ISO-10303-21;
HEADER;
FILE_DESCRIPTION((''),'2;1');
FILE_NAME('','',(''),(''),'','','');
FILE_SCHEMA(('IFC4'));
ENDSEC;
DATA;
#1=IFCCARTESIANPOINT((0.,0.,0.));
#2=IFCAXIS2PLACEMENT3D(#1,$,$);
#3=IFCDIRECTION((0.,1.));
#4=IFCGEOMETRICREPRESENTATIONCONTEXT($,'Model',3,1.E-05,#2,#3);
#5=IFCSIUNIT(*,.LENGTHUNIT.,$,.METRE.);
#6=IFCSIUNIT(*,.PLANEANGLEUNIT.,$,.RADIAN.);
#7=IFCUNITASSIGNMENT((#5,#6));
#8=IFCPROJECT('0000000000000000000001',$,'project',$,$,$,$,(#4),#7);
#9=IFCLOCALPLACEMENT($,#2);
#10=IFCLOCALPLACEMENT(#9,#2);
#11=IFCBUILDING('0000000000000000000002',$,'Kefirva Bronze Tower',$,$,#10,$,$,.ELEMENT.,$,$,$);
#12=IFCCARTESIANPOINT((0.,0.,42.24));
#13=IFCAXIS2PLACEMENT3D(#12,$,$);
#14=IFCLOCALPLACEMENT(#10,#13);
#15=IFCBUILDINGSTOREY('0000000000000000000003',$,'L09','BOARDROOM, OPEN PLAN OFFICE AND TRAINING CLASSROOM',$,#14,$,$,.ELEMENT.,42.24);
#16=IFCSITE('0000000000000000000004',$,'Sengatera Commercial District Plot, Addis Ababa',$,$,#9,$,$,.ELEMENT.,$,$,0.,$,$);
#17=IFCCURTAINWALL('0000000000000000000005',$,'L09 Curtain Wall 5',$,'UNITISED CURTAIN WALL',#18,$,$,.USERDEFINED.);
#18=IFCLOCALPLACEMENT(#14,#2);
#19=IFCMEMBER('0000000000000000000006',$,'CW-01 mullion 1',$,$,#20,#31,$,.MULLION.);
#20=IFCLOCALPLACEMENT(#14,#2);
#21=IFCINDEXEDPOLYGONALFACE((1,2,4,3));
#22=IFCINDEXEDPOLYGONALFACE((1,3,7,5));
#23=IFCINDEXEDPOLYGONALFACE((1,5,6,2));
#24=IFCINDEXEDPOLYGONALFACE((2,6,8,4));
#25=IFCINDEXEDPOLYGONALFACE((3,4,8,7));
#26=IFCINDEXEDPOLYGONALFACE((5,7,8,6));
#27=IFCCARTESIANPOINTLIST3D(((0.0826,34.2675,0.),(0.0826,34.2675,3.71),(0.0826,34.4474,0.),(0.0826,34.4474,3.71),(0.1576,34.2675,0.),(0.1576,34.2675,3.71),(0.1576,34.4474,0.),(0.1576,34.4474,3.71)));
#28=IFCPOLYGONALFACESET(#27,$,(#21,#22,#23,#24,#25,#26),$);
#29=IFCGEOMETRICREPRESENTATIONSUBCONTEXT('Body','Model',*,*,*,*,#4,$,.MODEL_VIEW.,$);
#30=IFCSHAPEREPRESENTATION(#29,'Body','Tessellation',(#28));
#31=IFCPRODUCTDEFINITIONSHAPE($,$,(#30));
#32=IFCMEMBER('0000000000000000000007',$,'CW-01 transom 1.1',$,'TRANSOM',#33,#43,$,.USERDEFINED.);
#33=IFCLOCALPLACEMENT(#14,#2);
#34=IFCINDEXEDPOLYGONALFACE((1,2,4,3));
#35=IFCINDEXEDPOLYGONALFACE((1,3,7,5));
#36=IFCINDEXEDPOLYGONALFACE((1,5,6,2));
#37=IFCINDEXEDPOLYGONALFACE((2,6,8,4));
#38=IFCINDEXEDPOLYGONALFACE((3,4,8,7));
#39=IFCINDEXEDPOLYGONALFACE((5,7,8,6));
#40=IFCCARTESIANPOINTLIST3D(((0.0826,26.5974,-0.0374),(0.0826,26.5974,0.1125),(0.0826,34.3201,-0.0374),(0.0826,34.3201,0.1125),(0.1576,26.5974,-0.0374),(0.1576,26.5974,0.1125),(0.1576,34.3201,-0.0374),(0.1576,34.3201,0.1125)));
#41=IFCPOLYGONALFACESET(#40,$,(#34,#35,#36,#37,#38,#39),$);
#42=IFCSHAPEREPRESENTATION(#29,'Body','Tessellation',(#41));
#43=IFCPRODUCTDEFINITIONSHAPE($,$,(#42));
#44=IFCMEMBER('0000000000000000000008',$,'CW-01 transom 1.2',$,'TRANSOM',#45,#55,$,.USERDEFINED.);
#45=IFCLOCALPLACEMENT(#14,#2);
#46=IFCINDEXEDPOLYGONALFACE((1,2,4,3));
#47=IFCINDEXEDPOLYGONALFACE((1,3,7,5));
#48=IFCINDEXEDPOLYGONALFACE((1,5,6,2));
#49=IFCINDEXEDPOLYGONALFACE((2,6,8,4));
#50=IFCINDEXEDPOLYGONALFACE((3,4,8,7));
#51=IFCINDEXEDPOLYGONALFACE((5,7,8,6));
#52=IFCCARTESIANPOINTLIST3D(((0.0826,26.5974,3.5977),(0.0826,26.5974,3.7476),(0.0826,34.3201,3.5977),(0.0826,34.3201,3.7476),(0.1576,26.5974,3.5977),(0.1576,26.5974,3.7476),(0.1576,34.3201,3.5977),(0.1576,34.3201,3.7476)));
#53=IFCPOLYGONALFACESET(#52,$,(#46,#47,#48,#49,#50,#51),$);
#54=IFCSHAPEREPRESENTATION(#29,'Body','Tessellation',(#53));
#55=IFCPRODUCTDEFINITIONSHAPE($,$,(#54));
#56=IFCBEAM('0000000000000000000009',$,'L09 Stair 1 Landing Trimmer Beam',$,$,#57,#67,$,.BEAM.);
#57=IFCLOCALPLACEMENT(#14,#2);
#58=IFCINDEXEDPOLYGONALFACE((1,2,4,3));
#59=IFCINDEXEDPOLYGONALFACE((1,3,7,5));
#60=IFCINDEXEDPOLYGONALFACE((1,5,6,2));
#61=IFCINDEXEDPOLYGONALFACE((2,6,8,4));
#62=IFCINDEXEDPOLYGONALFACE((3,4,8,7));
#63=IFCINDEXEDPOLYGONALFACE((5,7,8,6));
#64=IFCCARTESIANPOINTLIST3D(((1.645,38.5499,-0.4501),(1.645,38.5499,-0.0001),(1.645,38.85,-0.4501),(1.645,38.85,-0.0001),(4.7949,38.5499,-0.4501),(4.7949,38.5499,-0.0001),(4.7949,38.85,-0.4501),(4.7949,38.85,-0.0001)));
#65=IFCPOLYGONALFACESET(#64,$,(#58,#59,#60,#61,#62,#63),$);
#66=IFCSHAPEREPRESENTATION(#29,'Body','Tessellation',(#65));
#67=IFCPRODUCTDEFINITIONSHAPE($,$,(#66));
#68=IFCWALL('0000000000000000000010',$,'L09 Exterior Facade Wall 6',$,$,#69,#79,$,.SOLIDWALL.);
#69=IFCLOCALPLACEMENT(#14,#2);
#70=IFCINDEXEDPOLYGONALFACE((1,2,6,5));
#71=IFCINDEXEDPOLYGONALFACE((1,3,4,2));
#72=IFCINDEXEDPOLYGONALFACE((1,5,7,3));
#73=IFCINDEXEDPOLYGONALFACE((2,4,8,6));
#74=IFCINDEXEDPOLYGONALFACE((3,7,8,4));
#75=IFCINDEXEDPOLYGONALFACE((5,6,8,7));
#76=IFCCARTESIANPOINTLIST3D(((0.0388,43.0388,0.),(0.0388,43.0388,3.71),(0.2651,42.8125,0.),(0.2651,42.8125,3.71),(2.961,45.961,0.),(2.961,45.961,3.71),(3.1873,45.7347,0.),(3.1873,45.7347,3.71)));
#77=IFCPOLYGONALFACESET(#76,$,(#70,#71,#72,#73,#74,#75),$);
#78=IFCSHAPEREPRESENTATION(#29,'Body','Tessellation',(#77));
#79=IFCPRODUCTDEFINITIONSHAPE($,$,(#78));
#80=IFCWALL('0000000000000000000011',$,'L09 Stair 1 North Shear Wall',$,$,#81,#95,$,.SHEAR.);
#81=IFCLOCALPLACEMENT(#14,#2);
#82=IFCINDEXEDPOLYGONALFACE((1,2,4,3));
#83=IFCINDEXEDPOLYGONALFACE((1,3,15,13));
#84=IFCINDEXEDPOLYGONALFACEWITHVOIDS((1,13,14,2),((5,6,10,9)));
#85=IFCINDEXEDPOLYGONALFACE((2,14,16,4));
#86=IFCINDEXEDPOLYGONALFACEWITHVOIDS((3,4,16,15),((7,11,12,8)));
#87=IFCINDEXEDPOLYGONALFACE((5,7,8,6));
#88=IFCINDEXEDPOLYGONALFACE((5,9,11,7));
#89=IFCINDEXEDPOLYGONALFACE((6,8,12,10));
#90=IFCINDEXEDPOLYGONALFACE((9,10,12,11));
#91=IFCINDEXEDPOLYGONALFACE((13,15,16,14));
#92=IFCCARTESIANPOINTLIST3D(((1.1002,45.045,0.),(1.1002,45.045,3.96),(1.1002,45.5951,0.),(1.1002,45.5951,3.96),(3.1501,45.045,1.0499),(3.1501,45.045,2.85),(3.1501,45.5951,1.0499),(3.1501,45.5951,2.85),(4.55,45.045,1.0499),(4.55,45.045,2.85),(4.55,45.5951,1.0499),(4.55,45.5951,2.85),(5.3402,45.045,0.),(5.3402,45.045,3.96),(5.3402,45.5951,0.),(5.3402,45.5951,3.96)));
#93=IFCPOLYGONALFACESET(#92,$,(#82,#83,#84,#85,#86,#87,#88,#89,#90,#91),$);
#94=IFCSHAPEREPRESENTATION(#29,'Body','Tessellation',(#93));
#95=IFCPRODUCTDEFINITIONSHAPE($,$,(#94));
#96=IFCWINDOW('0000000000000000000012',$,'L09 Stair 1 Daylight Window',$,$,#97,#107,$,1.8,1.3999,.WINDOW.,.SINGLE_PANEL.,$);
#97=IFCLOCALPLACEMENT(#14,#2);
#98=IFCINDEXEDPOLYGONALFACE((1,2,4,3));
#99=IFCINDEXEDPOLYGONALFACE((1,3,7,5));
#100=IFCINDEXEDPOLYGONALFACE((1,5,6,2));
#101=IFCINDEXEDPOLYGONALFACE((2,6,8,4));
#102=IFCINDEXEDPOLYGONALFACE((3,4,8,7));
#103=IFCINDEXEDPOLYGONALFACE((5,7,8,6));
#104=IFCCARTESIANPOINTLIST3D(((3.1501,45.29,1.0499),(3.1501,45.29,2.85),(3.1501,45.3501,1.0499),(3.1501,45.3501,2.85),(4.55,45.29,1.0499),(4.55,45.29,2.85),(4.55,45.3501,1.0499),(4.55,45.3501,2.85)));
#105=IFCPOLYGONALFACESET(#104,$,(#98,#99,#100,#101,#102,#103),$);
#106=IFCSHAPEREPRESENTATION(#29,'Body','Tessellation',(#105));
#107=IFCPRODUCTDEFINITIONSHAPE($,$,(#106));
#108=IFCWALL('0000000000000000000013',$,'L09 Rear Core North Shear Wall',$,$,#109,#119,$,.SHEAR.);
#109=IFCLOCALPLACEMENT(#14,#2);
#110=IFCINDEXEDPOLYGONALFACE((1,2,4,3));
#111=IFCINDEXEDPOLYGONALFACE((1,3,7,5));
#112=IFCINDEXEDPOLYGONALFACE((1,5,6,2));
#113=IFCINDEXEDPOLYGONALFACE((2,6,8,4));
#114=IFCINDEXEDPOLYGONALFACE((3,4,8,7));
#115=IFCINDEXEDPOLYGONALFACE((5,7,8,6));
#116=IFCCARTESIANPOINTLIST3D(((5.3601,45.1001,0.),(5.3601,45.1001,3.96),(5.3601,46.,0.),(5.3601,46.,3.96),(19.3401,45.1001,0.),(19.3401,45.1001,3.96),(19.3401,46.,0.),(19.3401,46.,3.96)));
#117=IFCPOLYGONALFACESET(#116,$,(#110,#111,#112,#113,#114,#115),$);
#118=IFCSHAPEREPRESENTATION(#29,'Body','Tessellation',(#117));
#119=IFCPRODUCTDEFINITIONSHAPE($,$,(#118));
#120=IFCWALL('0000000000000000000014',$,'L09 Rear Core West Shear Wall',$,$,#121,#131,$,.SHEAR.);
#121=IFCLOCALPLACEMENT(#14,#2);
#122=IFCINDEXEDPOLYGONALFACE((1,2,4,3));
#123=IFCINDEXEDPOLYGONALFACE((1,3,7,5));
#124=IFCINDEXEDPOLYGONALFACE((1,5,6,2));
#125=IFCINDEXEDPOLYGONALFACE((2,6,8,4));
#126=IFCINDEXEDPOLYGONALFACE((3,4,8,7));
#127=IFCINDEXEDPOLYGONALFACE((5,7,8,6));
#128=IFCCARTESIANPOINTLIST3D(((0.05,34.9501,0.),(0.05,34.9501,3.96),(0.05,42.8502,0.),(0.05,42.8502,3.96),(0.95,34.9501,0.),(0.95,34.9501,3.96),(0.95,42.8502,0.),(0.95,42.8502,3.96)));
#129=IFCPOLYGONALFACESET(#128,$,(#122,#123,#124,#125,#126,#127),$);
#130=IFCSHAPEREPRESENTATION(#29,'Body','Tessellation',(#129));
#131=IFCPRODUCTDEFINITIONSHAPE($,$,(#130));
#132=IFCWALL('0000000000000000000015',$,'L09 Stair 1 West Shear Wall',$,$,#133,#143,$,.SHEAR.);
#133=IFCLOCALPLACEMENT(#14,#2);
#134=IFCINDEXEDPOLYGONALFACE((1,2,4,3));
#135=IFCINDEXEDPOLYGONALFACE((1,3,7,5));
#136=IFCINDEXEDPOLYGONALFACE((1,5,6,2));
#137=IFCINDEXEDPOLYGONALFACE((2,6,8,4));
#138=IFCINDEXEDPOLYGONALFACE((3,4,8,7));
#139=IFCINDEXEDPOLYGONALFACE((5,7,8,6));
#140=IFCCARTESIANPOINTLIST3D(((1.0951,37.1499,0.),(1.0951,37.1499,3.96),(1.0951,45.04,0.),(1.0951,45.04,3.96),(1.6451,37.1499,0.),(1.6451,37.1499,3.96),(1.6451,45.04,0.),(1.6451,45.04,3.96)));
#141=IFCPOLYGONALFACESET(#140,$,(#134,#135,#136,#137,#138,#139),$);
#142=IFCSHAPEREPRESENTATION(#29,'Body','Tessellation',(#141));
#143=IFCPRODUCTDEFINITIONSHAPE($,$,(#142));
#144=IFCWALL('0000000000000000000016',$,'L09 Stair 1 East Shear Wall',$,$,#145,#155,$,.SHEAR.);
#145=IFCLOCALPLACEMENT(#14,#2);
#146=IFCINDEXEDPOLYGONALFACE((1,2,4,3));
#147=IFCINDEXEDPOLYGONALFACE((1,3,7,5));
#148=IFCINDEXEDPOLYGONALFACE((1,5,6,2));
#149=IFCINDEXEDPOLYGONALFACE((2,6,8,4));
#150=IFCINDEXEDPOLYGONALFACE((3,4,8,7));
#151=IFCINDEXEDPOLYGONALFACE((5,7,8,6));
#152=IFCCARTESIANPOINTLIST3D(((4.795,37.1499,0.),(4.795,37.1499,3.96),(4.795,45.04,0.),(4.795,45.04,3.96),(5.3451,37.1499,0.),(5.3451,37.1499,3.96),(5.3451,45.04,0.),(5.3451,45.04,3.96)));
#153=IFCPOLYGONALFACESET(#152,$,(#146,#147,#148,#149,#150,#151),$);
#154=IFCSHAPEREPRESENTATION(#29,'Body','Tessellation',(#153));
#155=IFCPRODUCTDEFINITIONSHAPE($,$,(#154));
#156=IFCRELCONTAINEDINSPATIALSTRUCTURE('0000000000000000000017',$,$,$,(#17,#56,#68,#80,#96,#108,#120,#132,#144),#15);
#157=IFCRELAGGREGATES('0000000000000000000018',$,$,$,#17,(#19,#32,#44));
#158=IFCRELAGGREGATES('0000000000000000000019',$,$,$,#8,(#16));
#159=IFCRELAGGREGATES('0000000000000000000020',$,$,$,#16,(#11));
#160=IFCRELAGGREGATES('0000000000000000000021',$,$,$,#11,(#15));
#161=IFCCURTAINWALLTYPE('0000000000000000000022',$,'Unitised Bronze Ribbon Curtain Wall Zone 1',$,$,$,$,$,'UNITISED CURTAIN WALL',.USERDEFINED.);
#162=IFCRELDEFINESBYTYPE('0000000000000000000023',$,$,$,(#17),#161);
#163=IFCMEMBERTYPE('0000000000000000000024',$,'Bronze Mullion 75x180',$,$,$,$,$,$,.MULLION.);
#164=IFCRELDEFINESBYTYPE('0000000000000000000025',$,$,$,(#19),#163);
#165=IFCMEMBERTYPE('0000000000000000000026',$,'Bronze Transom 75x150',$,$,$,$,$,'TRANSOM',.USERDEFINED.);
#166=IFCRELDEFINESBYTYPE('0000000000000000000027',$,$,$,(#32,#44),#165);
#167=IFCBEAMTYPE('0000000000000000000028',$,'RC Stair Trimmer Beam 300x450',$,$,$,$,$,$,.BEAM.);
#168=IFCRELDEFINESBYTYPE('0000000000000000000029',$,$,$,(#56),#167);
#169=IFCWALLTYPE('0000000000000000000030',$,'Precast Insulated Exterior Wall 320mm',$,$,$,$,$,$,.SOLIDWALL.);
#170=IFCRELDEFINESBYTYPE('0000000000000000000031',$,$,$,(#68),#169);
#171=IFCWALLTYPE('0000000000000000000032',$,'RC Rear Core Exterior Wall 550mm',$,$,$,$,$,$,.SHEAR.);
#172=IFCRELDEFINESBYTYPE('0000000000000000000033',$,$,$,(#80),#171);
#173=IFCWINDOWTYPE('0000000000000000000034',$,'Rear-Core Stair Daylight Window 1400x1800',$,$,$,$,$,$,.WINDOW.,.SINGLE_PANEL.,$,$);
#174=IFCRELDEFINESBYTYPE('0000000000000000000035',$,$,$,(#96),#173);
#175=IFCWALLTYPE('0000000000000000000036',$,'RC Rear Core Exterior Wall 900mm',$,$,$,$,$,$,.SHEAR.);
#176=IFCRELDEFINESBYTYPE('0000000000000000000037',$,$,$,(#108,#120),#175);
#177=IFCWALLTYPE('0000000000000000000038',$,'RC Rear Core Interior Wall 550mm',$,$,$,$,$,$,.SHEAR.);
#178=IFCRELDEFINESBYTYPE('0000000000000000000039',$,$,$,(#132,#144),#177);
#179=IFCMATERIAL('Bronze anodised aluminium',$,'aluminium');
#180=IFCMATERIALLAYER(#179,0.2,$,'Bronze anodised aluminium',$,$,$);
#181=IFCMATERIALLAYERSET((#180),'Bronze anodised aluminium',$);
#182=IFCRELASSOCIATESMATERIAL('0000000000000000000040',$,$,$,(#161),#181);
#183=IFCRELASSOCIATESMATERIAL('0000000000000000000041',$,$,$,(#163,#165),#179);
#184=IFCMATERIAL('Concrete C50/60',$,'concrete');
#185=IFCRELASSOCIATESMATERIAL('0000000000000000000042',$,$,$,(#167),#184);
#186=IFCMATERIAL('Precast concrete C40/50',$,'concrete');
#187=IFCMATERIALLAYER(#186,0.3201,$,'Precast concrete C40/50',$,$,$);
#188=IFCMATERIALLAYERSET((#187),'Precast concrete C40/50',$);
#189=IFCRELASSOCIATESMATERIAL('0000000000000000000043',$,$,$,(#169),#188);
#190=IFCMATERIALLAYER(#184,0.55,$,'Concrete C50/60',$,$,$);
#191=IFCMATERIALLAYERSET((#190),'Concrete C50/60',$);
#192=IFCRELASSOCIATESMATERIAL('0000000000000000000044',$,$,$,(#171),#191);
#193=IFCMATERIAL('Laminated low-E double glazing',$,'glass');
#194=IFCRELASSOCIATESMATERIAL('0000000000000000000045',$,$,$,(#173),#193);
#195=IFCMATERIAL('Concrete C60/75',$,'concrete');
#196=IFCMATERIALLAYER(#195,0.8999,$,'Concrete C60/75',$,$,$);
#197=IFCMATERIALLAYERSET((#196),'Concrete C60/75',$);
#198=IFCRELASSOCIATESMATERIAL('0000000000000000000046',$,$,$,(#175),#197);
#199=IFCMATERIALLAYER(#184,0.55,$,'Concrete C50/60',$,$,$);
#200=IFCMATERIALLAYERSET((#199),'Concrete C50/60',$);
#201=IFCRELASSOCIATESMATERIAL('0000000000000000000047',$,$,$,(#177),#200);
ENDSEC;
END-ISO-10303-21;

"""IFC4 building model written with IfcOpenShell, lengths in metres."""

from ifc_helpers import new_model, si_unit, direction, frame, frame_2d, origin, origin_2d, place, context, subcontext, project, spatial, rectangle, extrude, material, layer, layer_set, material_profile, profile_set, type_object, element, fill, aggregate, save


model = new_model("IFC4")

# Units and contexts
model_context = context("Model", 3, precision=1e-05, world=origin(), true_north=direction((0.0, 1.0)))
body_context = subcontext(model_context, "Body", "Model", "MODEL_VIEW")
ifc_project = project(units=[si_unit("LENGTHUNIT", "METRE"), si_unit("PLANEANGLEUNIT", "RADIAN")], contexts=[model_context])

# Site, building, storey
site_placement = place(None, origin())
site = spatial("IfcSite", under=ifc_project, at=site_placement, Name="Sengatera Commercial District Plot, Addis Ababa", CompositionType="ELEMENT", RefElevation=0.0)
building_placement = place(site_placement, origin())
building = spatial("IfcBuilding", under=site, at=building_placement, Name="Kefirva Bronze Tower", CompositionType="ELEMENT")
storey_placement = place(building_placement, frame((0.0, 0.0, 42.24)))
storey = spatial("IfcBuildingStorey", under=building, at=storey_placement, Name="L09", Description="BOARDROOM, OPEN PLAN OFFICE AND TRAINING CLASSROOM", CompositionType="ELEMENT", Elevation=42.24)

# Curtain wall, members
ifc_material_1 = material(Name="Bronze anodised aluminium", Category="aluminium")
ifc_layer_1 = layer(ifc_material_1, 0.2, Name="Bronze anodised aluminium")
ifc_layer_set_1 = layer_set([ifc_layer_1], Name="Bronze anodised aluminium")
curtain_wall_type = type_object("IfcCurtainWallType", Name="Unitised Bronze Ribbon Curtain Wall Zone 1", ElementType="UNITISED CURTAIN WALL", PredefinedType="USERDEFINED", material=ifc_layer_set_1)
curtain_wall_placement = place(storey_placement, origin())
curtain_wall = element("IfcCurtainWall", 1, at=curtain_wall_placement, inside=storey, type_object=curtain_wall_type, Name="L09 Curtain Wall 5", ObjectType="UNITISED CURTAIN WALL", PredefinedType="USERDEFINED")
ifc_material_profile_1 = material_profile(ifc_material_1, rectangle(XDim=0.075, YDim=0.1799, at=origin_2d()), Name="ALU 75x180")
ifc_profile_set_1 = profile_set([ifc_material_profile_1], Name="Bronze anodised aluminium")
member_type_1 = type_object("IfcMemberType", Name="Bronze Mullion 75x180", PredefinedType="MULLION", material=ifc_profile_set_1)
member_1_placement = place(storey_placement, frame((0.1201, 34.3574, 0.0), z_axis=(0.0, 0.0, 1.0), x_axis=(1.0, 0.0, 0.0)))
member_1 = element("IfcMember", 2, at=member_1_placement, type_object=member_type_1, Name="CW-01 mullion 1", PredefinedType="MULLION", context=body_context, shape_type="SweptSolid", body=[
    extrude(rectangle(XDim=0.075, YDim=0.1799, at=origin_2d()), origin(), (0.0, 0.0, 1.0), 3.71),
])
ifc_material_profile_2 = material_profile(ifc_material_1, rectangle(XDim=0.075, YDim=0.1499, at=origin_2d()), Name="ALU 75x150")
ifc_profile_set_2 = profile_set([ifc_material_profile_2], Name="Bronze anodised aluminium")
member_type_2 = type_object("IfcMemberType", Name="Bronze Transom 75x150", ElementType="TRANSOM", PredefinedType="USERDEFINED", material=ifc_profile_set_2)
member_2_placement = place(storey_placement, frame((0.1201, 34.3201, 0.0376), z_axis=(0.0, -1.0, 0.0), x_axis=(1.0, 0.0, 0.0)))
member_2 = element("IfcMember", 3, at=member_2_placement, type_object=member_type_2, Name="CW-01 transom 1.1", ObjectType="TRANSOM", PredefinedType="USERDEFINED", context=body_context, shape_type="SweptSolid", body=[
    extrude(rectangle(XDim=0.075, YDim=0.1499, at=origin_2d()), origin(), (0.0, 0.0, 1.0), 7.7227),
])
member_3_placement = place(storey_placement, frame((0.1201, 34.3201, 3.6726), z_axis=(0.0, -1.0, 0.0), x_axis=(1.0, 0.0, 0.0)))
member_3 = element("IfcMember", 4, at=member_3_placement, type_object=member_type_2, Name="CW-01 transom 1.2", ObjectType="TRANSOM", PredefinedType="USERDEFINED", context=body_context, shape_type="SweptSolid", body=[
    extrude(rectangle(XDim=0.075, YDim=0.1499, at=origin_2d()), origin(), (0.0, 0.0, 1.0), 7.7227),
])
aggregate(curtain_wall, [member_1, member_2, member_3])

# Beam
ifc_material_2 = material(Name="Concrete C50/60", Category="concrete")
ifc_material_profile_3 = material_profile(ifc_material_2, rectangle(XDim=0.3, YDim=0.45, at=origin_2d()), Name="RC 300x450")
ifc_profile_set_3 = profile_set([ifc_material_profile_3], Name="Concrete C50/60")
beam_type = type_object("IfcBeamType", Name="RC Stair Trimmer Beam 300x450", PredefinedType="BEAM", material=ifc_profile_set_3)
beam_placement = place(storey_placement, frame((1.645, 38.7, -0.2251), z_axis=(1.0, 0.0, 0.0), x_axis=(0.0, 1.0, 0.0)))
element("IfcBeam", 5, at=beam_placement, inside=storey, type_object=beam_type, Name="L09 Stair 1 Landing Trimmer Beam", PredefinedType="BEAM", context=body_context, shape_type="SweptSolid", body=[
    extrude(rectangle(XDim=0.3, YDim=0.45, at=origin_2d()), origin(), (0.0, 0.0, 1.0), 3.1499),
])

# Wall
ifc_material_3 = material(Name="Precast concrete C40/50", Category="concrete")
ifc_layer_2 = layer(ifc_material_3, 0.3201, Name="Precast concrete C40/50")
ifc_layer_set_2 = layer_set([ifc_layer_2], Name="Precast concrete C40/50")
wall_type_1 = type_object("IfcWallType", Name="Precast Insulated Exterior Wall 320mm", PredefinedType="SOLIDWALL", material=ifc_layer_set_2)
wall_1_placement = place(storey_placement, frame((3.0742, 45.8479, 0.0), z_axis=(0.0, 0.0, 1.0), x_axis=(-0.707107, -0.707107, 0.0)))
element("IfcWall", 6, at=wall_1_placement, inside=storey, type_object=wall_type_1, Name="L09 Exterior Facade Wall 6", PredefinedType="SOLIDWALL", context=body_context, shape_type="SweptSolid", body=[
    extrude(rectangle(XDim=4.1326, YDim=0.3201, at=frame_2d((2.0664, 0.0))), origin(), (0.0, 0.0, 1.0), 3.71),
])

# Wall, opening, window
ifc_layer_3 = layer(ifc_material_2, 0.55, Name="Concrete C50/60")
ifc_layer_set_3 = layer_set([ifc_layer_3], Name="Concrete C50/60")
wall_type_2 = type_object("IfcWallType", Name="RC Rear Core Exterior Wall 550mm", PredefinedType="SHEAR", material=ifc_layer_set_3)
wall_2_placement = place(storey_placement, frame((1.1001, 45.3201, 0.0), z_axis=(0.0, 0.0, 1.0), x_axis=(1.0, 0.0, 0.0)))
wall_2 = element("IfcWall", 7, at=wall_2_placement, inside=storey, type_object=wall_type_2, Name="L09 Stair 1 North Shear Wall", PredefinedType="SHEAR", context=body_context, shape_type="SweptSolid", body=[
    extrude(rectangle(XDim=4.24, YDim=0.55, at=frame_2d((2.1201, 0.0))), origin(), (0.0, 0.0, 1.0), 3.96),
])
opening_1_placement = place(wall_2_placement, frame((2.05, 0.0, 1.05)))
opening_1 = element("IfcOpeningElement", 8, at=opening_1_placement, cuts=wall_2, PredefinedType="OPENING", context=body_context, shape_type="SweptSolid", body=[
    extrude(rectangle(XDim=1.3999, YDim=1.8, at=frame_2d((0.7, 0.8999))), frame((0.0, 0.2852, 0.0), z_axis=(0.0, -1.0, 0.0), x_axis=(1.0, 0.0, 0.0)), (0.0, 0.0, 1.0), 0.5701),
])
ifc_material_4 = material(Name="Laminated low-E double glazing", Category="glass")
window_type = type_object("IfcWindowType", Name="Rear-Core Stair Daylight Window 1400x1800", PartitioningType="SINGLE_PANEL", PredefinedType="WINDOW", material=ifc_material_4)
window_placement = place(opening_1_placement, origin())
window = element("IfcWindow", 9, at=window_placement, inside=storey, type_object=window_type, Name="L09 Stair 1 Daylight Window", OverallHeight=1.8, OverallWidth=1.3999, PartitioningType="SINGLE_PANEL", PredefinedType="WINDOW", context=body_context, shape_type="SweptSolid", body=[
    extrude(rectangle(XDim=1.3999, YDim=1.8, at=frame_2d((0.7, 0.8999))), frame((0.0, 0.03, 0.0), z_axis=(0.0, -1.0, 0.0), x_axis=(1.0, 0.0, 0.0)), (0.0, 0.0, 1.0), 0.0601),
])
fill(opening_1, window)

# Walls
ifc_material_5 = material(Name="Concrete C60/75", Category="concrete")
ifc_layer_4 = layer(ifc_material_5, 0.8999, Name="Concrete C60/75")
ifc_layer_set_4 = layer_set([ifc_layer_4], Name="Concrete C60/75")
wall_type_3 = type_object("IfcWallType", Name="RC Rear Core Exterior Wall 900mm", PredefinedType="SHEAR", material=ifc_layer_set_4)
wall_3_placement = place(storey_placement, frame((5.3601, 45.55, 0.0), z_axis=(0.0, 0.0, 1.0), x_axis=(1.0, 0.0, 0.0)))
element("IfcWall", 10, at=wall_3_placement, inside=storey, type_object=wall_type_3, Name="L09 Rear Core North Shear Wall", PredefinedType="SHEAR", context=body_context, shape_type="SweptSolid", body=[
    extrude(rectangle(XDim=13.98, YDim=0.8999, at=frame_2d((6.99, 0.0))), origin(), (0.0, 0.0, 1.0), 3.96),
])
wall_4_placement = place(storey_placement, frame((0.5, 34.95, 0.0), z_axis=(0.0, 0.0, 1.0), x_axis=(0.0, 1.0, 0.0)))
element("IfcWall", 11, at=wall_4_placement, inside=storey, type_object=wall_type_3, Name="L09 Rear Core West Shear Wall", PredefinedType="SHEAR", context=body_context, shape_type="SweptSolid", body=[
    extrude(rectangle(XDim=7.9001, YDim=0.8999, at=frame_2d((3.9502, 0.0))), origin(), (0.0, 0.0, 1.0), 3.96),
])
ifc_layer_5 = layer(ifc_material_2, 0.55, Name="Concrete C50/60")
ifc_layer_set_5 = layer_set([ifc_layer_5], Name="Concrete C50/60")
wall_type_4 = type_object("IfcWallType", Name="RC Rear Core Interior Wall 550mm", PredefinedType="SHEAR", material=ifc_layer_set_5)
for number, where, z_axis, x_axis, name in (
    (12, (1.3701, 37.1499, 0.0), (0.0, 0.0, 1.0), (0.0, 1.0, 0.0), "L09 Stair 1 West Shear Wall"),
    (13, (5.0701, 37.1499, 0.0), (0.0, 0.0, 1.0), (0.0, 1.0, 0.0), "L09 Stair 1 East Shear Wall"),
):
    element("IfcWall", number, at=place(storey_placement, frame(where, z_axis=z_axis, x_axis=x_axis)), inside=storey, type_object=wall_type_4, Name=name, PredefinedType="SHEAR", context=body_context, shape_type="SweptSolid", body=[
        extrude(rectangle(XDim=7.8901, YDim=0.55, at=frame_2d((3.9451, 0.0))), origin(), (0.0, 0.0, 1.0), 3.96),
    ])

save(model, "model.ifc")
